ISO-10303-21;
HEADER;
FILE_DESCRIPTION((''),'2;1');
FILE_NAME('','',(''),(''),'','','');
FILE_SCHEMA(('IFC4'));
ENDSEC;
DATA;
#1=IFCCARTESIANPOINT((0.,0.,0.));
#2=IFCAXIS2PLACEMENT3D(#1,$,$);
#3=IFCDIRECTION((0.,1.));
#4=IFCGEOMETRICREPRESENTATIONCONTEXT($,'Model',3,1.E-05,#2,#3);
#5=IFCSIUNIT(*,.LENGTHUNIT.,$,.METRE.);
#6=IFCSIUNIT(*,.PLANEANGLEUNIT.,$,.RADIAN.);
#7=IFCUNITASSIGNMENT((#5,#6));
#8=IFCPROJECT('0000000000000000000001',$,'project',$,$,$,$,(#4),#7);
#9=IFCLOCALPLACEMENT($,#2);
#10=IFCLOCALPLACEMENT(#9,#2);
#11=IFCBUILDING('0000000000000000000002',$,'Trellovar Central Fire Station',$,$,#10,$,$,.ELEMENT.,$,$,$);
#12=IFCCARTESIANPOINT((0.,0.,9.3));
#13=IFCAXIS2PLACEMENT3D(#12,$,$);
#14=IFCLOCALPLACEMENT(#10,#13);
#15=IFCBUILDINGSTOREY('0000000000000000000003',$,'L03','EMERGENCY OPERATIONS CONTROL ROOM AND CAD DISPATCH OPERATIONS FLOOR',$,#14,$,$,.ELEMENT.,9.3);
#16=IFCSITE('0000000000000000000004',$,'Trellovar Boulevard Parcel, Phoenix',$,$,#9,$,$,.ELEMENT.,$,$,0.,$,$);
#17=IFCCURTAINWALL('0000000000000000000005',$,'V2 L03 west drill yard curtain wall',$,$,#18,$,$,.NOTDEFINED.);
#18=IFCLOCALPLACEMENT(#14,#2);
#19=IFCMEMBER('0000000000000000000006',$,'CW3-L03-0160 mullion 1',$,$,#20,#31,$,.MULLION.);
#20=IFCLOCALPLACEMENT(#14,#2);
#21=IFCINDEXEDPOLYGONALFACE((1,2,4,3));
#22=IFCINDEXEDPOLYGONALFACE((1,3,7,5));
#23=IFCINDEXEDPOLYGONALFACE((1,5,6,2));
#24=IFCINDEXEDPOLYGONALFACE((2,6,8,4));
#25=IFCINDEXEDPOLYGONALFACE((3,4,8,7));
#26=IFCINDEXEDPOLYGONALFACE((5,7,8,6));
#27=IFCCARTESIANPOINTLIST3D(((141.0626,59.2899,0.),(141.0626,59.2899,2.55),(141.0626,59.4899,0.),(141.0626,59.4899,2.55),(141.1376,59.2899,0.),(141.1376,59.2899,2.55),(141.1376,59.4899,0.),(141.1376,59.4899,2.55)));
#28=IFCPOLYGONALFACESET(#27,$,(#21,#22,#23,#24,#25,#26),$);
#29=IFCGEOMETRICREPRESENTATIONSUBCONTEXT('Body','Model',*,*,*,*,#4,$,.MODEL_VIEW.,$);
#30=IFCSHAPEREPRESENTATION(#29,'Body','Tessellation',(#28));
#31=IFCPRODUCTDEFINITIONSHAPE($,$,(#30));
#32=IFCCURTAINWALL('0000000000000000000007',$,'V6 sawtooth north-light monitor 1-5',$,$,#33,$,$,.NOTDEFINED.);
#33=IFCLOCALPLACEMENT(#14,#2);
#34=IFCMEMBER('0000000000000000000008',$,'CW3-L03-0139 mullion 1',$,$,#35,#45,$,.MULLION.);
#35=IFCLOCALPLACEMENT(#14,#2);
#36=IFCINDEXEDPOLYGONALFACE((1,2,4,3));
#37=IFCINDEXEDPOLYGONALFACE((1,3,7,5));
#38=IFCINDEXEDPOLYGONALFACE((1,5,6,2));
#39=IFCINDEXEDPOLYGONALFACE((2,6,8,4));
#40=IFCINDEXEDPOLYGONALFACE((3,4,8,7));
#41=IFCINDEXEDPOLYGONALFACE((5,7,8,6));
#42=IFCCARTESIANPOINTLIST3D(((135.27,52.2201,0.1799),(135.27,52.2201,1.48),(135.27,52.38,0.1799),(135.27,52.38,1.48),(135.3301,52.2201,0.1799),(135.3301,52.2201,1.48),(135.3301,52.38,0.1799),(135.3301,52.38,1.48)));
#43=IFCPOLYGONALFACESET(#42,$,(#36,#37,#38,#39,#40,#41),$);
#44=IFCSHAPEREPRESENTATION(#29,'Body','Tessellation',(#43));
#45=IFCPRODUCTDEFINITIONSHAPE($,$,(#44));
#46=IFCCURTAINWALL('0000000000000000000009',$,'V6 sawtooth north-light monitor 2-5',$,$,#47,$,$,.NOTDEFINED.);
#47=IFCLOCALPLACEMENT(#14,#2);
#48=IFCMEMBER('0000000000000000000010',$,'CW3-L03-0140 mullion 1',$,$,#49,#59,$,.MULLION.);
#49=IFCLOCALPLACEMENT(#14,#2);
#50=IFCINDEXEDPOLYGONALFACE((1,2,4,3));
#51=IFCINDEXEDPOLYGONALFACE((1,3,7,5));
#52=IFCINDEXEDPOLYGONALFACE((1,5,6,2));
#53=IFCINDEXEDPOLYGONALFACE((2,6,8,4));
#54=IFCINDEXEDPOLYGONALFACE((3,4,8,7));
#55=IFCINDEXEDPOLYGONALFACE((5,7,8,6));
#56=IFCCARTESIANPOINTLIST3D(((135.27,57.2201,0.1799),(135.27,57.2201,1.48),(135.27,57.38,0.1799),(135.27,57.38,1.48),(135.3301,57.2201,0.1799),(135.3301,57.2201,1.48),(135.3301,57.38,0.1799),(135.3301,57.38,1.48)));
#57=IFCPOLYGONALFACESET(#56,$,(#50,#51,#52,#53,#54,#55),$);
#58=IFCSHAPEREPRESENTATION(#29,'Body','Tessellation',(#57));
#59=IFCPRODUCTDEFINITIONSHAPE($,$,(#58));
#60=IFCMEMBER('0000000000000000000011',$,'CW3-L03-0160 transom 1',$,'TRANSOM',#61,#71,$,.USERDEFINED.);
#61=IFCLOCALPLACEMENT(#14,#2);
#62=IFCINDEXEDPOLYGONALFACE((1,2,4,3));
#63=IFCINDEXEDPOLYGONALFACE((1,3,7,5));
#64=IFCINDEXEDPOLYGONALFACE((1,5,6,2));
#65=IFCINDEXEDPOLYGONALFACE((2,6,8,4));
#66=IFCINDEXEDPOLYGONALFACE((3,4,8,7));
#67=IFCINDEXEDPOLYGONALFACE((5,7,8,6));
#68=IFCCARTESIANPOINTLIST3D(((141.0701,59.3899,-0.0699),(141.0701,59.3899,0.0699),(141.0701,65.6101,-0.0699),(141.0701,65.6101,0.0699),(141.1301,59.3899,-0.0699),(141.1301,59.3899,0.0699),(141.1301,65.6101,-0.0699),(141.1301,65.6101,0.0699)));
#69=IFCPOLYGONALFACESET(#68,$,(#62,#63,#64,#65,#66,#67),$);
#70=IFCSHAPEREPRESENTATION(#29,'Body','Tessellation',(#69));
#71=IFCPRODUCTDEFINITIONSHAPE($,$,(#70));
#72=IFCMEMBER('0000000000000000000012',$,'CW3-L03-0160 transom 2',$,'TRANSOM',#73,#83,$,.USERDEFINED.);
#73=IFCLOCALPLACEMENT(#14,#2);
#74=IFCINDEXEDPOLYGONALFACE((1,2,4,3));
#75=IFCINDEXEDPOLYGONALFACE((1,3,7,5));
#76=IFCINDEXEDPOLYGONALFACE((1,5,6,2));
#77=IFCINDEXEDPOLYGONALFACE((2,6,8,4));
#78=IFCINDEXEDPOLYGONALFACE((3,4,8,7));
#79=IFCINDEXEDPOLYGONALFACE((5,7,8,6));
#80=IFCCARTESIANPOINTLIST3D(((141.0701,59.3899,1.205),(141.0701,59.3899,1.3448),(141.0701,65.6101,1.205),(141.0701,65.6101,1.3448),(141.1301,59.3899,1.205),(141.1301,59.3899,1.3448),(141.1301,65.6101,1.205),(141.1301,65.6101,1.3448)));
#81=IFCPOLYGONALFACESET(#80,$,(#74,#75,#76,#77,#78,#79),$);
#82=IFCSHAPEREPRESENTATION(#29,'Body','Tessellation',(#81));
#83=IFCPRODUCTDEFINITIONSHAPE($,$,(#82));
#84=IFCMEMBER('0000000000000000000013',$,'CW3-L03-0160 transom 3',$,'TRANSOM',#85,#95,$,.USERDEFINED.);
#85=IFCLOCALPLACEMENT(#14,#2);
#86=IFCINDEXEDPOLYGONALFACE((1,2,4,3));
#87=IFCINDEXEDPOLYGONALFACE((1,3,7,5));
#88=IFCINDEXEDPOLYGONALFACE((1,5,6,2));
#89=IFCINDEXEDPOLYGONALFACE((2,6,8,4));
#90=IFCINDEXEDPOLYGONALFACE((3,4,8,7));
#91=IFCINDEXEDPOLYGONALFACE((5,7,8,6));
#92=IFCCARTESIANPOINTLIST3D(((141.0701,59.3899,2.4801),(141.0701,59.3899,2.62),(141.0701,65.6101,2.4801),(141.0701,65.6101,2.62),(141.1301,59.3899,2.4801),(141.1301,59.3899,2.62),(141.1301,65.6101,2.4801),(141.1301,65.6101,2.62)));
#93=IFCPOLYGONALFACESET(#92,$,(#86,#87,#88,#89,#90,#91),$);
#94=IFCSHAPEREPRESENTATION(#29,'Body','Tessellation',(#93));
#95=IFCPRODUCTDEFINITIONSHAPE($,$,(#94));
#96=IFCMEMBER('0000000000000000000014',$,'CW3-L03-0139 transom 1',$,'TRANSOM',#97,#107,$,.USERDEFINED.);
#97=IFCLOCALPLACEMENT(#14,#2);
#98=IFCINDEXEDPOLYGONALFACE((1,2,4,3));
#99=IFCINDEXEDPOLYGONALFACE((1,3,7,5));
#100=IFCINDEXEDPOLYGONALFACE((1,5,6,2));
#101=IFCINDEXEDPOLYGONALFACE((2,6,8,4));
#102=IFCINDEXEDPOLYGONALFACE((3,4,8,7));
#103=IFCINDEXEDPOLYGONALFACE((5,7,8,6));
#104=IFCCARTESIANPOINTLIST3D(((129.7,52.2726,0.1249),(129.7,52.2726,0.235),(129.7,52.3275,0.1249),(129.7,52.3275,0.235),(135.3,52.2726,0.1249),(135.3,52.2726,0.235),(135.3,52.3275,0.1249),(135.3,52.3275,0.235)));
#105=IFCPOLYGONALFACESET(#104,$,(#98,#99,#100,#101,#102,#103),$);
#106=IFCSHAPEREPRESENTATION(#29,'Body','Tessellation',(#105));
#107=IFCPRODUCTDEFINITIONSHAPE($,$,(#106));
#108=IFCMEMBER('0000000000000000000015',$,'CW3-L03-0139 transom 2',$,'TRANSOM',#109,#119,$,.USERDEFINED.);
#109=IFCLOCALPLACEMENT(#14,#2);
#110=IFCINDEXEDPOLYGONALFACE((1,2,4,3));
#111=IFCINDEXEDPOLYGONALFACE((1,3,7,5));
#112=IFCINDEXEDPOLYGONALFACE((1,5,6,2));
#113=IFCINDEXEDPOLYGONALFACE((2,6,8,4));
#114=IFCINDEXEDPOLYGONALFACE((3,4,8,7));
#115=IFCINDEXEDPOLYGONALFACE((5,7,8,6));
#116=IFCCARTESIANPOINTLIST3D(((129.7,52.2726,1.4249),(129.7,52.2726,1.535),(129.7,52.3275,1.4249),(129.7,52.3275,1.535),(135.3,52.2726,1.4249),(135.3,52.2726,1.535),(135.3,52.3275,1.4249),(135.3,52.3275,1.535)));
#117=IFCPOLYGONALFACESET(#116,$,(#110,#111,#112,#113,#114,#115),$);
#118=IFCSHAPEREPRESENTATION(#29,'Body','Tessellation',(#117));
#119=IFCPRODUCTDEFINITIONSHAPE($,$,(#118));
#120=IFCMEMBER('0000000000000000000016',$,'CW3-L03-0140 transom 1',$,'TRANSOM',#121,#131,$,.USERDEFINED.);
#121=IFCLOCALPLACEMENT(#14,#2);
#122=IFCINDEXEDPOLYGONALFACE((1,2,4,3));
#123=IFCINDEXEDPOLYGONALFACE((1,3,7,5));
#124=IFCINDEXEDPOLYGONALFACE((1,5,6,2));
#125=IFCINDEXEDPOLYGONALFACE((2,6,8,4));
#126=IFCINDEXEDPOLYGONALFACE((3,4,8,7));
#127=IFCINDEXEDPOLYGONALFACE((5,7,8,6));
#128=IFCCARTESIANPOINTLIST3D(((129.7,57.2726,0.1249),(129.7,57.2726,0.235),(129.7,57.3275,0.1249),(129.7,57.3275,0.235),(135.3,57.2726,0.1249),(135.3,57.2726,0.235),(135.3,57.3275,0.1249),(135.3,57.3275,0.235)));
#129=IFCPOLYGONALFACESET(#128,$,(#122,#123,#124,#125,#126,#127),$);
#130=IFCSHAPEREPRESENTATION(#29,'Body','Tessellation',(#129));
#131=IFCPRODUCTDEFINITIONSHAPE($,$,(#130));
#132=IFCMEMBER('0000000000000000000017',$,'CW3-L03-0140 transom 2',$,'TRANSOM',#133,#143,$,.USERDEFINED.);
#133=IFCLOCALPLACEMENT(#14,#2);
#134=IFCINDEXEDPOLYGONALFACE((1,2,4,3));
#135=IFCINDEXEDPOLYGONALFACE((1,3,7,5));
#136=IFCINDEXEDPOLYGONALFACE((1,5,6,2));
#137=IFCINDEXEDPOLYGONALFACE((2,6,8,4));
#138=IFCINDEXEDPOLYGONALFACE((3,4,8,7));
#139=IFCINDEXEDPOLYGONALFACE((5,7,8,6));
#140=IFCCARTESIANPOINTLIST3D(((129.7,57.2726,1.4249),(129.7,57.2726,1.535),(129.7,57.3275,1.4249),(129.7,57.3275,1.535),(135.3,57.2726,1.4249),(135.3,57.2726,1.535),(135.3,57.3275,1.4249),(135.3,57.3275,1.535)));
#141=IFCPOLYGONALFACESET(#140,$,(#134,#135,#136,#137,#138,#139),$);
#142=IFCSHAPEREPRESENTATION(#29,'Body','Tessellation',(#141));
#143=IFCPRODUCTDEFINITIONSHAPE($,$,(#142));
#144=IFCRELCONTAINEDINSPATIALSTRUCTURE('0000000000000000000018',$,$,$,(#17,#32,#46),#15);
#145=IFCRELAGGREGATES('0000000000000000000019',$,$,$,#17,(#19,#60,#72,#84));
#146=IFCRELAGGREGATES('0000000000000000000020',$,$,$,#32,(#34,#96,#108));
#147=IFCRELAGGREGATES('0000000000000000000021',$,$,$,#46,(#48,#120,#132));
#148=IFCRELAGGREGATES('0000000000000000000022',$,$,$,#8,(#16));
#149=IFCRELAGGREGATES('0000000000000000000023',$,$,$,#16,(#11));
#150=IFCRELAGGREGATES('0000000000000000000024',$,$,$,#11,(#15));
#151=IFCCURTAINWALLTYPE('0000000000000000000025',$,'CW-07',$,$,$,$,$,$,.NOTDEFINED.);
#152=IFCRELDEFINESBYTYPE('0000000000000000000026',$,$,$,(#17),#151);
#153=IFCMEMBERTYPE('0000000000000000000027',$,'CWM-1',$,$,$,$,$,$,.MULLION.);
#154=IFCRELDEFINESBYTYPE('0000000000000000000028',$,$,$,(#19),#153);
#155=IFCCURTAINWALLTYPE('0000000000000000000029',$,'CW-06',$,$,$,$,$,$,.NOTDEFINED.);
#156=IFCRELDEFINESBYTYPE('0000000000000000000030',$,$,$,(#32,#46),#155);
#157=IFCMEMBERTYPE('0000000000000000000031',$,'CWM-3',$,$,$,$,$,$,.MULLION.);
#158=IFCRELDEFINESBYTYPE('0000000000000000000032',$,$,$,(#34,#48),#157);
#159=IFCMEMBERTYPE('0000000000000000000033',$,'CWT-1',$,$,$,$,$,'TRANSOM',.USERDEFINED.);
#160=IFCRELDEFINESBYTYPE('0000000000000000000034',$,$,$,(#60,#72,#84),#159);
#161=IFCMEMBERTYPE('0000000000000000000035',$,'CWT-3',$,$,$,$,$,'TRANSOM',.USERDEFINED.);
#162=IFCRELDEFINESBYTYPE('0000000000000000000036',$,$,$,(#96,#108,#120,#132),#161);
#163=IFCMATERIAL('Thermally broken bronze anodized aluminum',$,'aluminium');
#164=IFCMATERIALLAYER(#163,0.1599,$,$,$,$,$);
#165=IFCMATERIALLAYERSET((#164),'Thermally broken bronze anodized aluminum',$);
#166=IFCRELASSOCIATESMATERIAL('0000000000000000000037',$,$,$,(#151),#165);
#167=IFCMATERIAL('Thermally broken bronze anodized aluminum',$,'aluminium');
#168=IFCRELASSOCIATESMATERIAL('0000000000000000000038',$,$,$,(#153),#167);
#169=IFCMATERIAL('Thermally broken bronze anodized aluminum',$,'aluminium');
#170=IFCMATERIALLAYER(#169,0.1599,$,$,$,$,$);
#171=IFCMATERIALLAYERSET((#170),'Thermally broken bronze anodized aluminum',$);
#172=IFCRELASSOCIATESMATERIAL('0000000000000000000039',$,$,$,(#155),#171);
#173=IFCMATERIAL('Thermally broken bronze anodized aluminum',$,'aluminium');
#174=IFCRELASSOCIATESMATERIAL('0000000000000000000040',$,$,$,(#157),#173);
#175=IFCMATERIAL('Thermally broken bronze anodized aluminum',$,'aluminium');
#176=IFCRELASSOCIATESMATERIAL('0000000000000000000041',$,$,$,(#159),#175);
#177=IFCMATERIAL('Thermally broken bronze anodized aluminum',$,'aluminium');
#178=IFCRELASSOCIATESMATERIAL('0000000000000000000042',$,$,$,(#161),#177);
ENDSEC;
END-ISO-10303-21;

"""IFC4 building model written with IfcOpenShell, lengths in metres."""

from ifc_helpers import new_model, si_unit, direction, frame, origin, origin_2d, place, context, subcontext, project, spatial, rectangle, extrude, material, layer, layer_set, material_profile, profile_set, type_object, element, aggregate, save


model = new_model("IFC4")

# Units and contexts
model_context = context("Model", 3, precision=1e-05, world=origin(), true_north=direction((0.0, 1.0)))
body_context = subcontext(model_context, "Body", "Model", "MODEL_VIEW")
ifc_project = project(units=[si_unit("LENGTHUNIT", "METRE"), si_unit("PLANEANGLEUNIT", "RADIAN")], contexts=[model_context])

# Site, building, storey
site_placement = place(None, origin())
site = spatial("IfcSite", under=ifc_project, at=site_placement, Name="Trellovar Boulevard Parcel, Phoenix", CompositionType="ELEMENT", RefElevation=0.0)
building_placement = place(site_placement, origin())
building = spatial("IfcBuilding", under=site, at=building_placement, Name="Trellovar Central Fire Station", CompositionType="ELEMENT")
storey_placement = place(building_placement, frame((0.0, 0.0, 9.3)))
storey = spatial("IfcBuildingStorey", under=building, at=storey_placement, Name="L03", Description="EMERGENCY OPERATIONS CONTROL ROOM AND CAD DISPATCH OPERATIONS FLOOR", CompositionType="ELEMENT", Elevation=9.3)

# Curtain walls, members
ifc_material_1 = material(Name="Thermally broken bronze anodized aluminum", Category="aluminium")
ifc_layer_1 = layer(ifc_material_1, 0.1599)
ifc_layer_set_1 = layer_set([ifc_layer_1], Name="Thermally broken bronze anodized aluminum")
curtain_wall_type_1 = type_object("IfcCurtainWallType", Name="CW-07", PredefinedType="NOTDEFINED", material=ifc_layer_set_1)
curtain_wall_1_placement = place(storey_placement, origin())
curtain_wall_1 = element("IfcCurtainWall", 1, at=curtain_wall_1_placement, inside=storey, type_object=curtain_wall_type_1, Name="V2 L03 west drill yard curtain wall", PredefinedType="NOTDEFINED")
ifc_material_2 = material(Name="Thermally broken bronze anodized aluminum", Category="aluminium")
ifc_material_profile_1 = material_profile(ifc_material_2, rectangle(XDim=0.075, YDim=0.2, at=origin_2d()), Name="ALU75X200")
ifc_profile_set_1 = profile_set([ifc_material_profile_1], Name="Thermally broken bronze anodized aluminum")
member_type_1 = type_object("IfcMemberType", Name="CWM-1", PredefinedType="MULLION", material=ifc_profile_set_1)
member_1_placement = place(storey_placement, frame((141.1001, 59.3899, 0.0), z_axis=(0.0, 0.0, 1.0), x_axis=(1.0, 0.0, 0.0)))
member_1 = element("IfcMember", 2, at=member_1_placement, type_object=member_type_1, Name="CW3-L03-0160 mullion 1", PredefinedType="MULLION", context=body_context, shape_type="SweptSolid", body=[
    extrude(rectangle(XDim=0.075, YDim=0.2, at=origin_2d()), origin(), (0.0, 0.0, 1.0), 2.55),
])
ifc_material_3 = material(Name="Thermally broken bronze anodized aluminum", Category="aluminium")
ifc_layer_2 = layer(ifc_material_3, 0.1599)
ifc_layer_set_2 = layer_set([ifc_layer_2], Name="Thermally broken bronze anodized aluminum")
curtain_wall_type_2 = type_object("IfcCurtainWallType", Name="CW-06", PredefinedType="NOTDEFINED", material=ifc_layer_set_2)
curtain_wall_2_placement = place(storey_placement, origin())
curtain_wall_2 = element("IfcCurtainWall", 3, at=curtain_wall_2_placement, inside=storey, type_object=curtain_wall_type_2, Name="V6 sawtooth north-light monitor 1-5", PredefinedType="NOTDEFINED")
ifc_material_4 = material(Name="Thermally broken bronze anodized aluminum", Category="aluminium")
ifc_material_profile_2 = material_profile(ifc_material_4, rectangle(XDim=0.0601, YDim=0.1599, at=origin_2d()), Name="ALU60X160")
ifc_profile_set_2 = profile_set([ifc_material_profile_2], Name="Thermally broken bronze anodized aluminum")
member_type_2 = type_object("IfcMemberType", Name="CWM-3", PredefinedType="MULLION", material=ifc_profile_set_2)
member_2_placement = place(storey_placement, frame((135.3, 52.3, 0.1799), z_axis=(0.0, 0.0, 1.0), x_axis=(1.0, 0.0, 0.0)))
member_2 = element("IfcMember", 4, at=member_2_placement, type_object=member_type_2, Name="CW3-L03-0139 mullion 1", PredefinedType="MULLION", context=body_context, shape_type="SweptSolid", body=[
    extrude(rectangle(XDim=0.0601, YDim=0.1599, at=origin_2d()), origin(), (0.0, 0.0, 1.0), 1.3),
])
curtain_wall_3_placement = place(storey_placement, origin())
curtain_wall_3 = element("IfcCurtainWall", 5, at=curtain_wall_3_placement, inside=storey, type_object=curtain_wall_type_2, Name="V6 sawtooth north-light monitor 2-5", PredefinedType="NOTDEFINED")
member_3_placement = place(storey_placement, frame((135.3, 57.3, 0.1799), z_axis=(0.0, 0.0, 1.0), x_axis=(1.0, 0.0, 0.0)))
member_3 = element("IfcMember", 6, at=member_3_placement, type_object=member_type_2, Name="CW3-L03-0140 mullion 1", PredefinedType="MULLION", context=body_context, shape_type="SweptSolid", body=[
    extrude(rectangle(XDim=0.0601, YDim=0.1599, at=origin_2d()), origin(), (0.0, 0.0, 1.0), 1.3),
])

# Members
ifc_material_5 = material(Name="Thermally broken bronze anodized aluminum", Category="aluminium")
ifc_material_profile_3 = material_profile(ifc_material_5, rectangle(XDim=0.0601, YDim=0.1399, at=origin_2d()), Name="ALU60X140")
ifc_profile_set_3 = profile_set([ifc_material_profile_3], Name="Thermally broken bronze anodized aluminum")
member_type_3 = type_object("IfcMemberType", Name="CWT-1", ElementType="TRANSOM", PredefinedType="USERDEFINED", material=ifc_profile_set_3)
member_4_placement = place(storey_placement, frame((141.1001, 59.3899, 0.0), z_axis=(0.0, 1.0, 0.0), x_axis=(-1.0, 0.0, 0.0)))
member_4 = element("IfcMember", 7, at=member_4_placement, type_object=member_type_3, Name="CW3-L03-0160 transom 1", ObjectType="TRANSOM", PredefinedType="USERDEFINED", context=body_context, shape_type="SweptSolid", body=[
    extrude(rectangle(XDim=0.0601, YDim=0.1399, at=origin_2d()), origin(), (0.0, 0.0, 1.0), 6.2202),
])
member_5_placement = place(storey_placement, frame((141.1001, 59.3899, 1.2749), z_axis=(0.0, 1.0, 0.0), x_axis=(-1.0, 0.0, 0.0)))
member_5 = element("IfcMember", 8, at=member_5_placement, type_object=member_type_3, Name="CW3-L03-0160 transom 2", ObjectType="TRANSOM", PredefinedType="USERDEFINED", context=body_context, shape_type="SweptSolid", body=[
    extrude(rectangle(XDim=0.0601, YDim=0.1399, at=origin_2d()), origin(), (0.0, 0.0, 1.0), 6.2202),
])
member_6_placement = place(storey_placement, frame((141.1001, 59.3899, 2.55), z_axis=(0.0, 1.0, 0.0), x_axis=(-1.0, 0.0, 0.0)))
member_6 = element("IfcMember", 9, at=member_6_placement, type_object=member_type_3, Name="CW3-L03-0160 transom 3", ObjectType="TRANSOM", PredefinedType="USERDEFINED", context=body_context, shape_type="SweptSolid", body=[
    extrude(rectangle(XDim=0.0601, YDim=0.1399, at=origin_2d()), origin(), (0.0, 0.0, 1.0), 6.2202),
])
aggregate(curtain_wall_1, [member_1, member_4, member_5, member_6])
ifc_material_6 = material(Name="Thermally broken bronze anodized aluminum", Category="aluminium")
ifc_material_profile_4 = material_profile(ifc_material_6, rectangle(XDim=0.0549, YDim=0.1101, at=origin_2d()), Name="ALU55X110")
ifc_profile_set_4 = profile_set([ifc_material_profile_4], Name="Thermally broken bronze anodized aluminum")
member_type_4 = type_object("IfcMemberType", Name="CWT-3", ElementType="TRANSOM", PredefinedType="USERDEFINED", material=ifc_profile_set_4)
member_7_placement = place(storey_placement, frame((135.3, 52.3, 0.1799), z_axis=(-1.0, 0.0, 0.0), x_axis=(0.0, -1.0, 0.0)))
member_7 = element("IfcMember", 10, at=member_7_placement, type_object=member_type_4, Name="CW3-L03-0139 transom 1", ObjectType="TRANSOM", PredefinedType="USERDEFINED", context=body_context, shape_type="SweptSolid", body=[
    extrude(rectangle(XDim=0.0549, YDim=0.1101, at=origin_2d()), origin(), (0.0, 0.0, 1.0), 5.6001),
])
member_8_placement = place(storey_placement, frame((135.3, 52.3, 1.48), z_axis=(-1.0, 0.0, 0.0), x_axis=(0.0, -1.0, 0.0)))
member_8 = element("IfcMember", 11, at=member_8_placement, type_object=member_type_4, Name="CW3-L03-0139 transom 2", ObjectType="TRANSOM", PredefinedType="USERDEFINED", context=body_context, shape_type="SweptSolid", body=[
    extrude(rectangle(XDim=0.0549, YDim=0.1101, at=origin_2d()), origin(), (0.0, 0.0, 1.0), 5.6001),
])
aggregate(curtain_wall_2, [member_2, member_7, member_8])
member_9_placement = place(storey_placement, frame((135.3, 57.3, 0.1799), z_axis=(-1.0, 0.0, 0.0), x_axis=(0.0, -1.0, 0.0)))
member_9 = element("IfcMember", 12, at=member_9_placement, type_object=member_type_4, Name="CW3-L03-0140 transom 1", ObjectType="TRANSOM", PredefinedType="USERDEFINED", context=body_context, shape_type="SweptSolid", body=[
    extrude(rectangle(XDim=0.0549, YDim=0.1101, at=origin_2d()), origin(), (0.0, 0.0, 1.0), 5.6001),
])
member_10_placement = place(storey_placement, frame((135.3, 57.3, 1.48), z_axis=(-1.0, 0.0, 0.0), x_axis=(0.0, -1.0, 0.0)))
member_10 = element("IfcMember", 13, at=member_10_placement, type_object=member_type_4, Name="CW3-L03-0140 transom 2", ObjectType="TRANSOM", PredefinedType="USERDEFINED", context=body_context, shape_type="SweptSolid", body=[
    extrude(rectangle(XDim=0.0549, YDim=0.1101, at=origin_2d()), origin(), (0.0, 0.0, 1.0), 5.6001),
])

aggregate(curtain_wall_3, [member_3, member_9, member_10])

save(model, "model.ifc")
